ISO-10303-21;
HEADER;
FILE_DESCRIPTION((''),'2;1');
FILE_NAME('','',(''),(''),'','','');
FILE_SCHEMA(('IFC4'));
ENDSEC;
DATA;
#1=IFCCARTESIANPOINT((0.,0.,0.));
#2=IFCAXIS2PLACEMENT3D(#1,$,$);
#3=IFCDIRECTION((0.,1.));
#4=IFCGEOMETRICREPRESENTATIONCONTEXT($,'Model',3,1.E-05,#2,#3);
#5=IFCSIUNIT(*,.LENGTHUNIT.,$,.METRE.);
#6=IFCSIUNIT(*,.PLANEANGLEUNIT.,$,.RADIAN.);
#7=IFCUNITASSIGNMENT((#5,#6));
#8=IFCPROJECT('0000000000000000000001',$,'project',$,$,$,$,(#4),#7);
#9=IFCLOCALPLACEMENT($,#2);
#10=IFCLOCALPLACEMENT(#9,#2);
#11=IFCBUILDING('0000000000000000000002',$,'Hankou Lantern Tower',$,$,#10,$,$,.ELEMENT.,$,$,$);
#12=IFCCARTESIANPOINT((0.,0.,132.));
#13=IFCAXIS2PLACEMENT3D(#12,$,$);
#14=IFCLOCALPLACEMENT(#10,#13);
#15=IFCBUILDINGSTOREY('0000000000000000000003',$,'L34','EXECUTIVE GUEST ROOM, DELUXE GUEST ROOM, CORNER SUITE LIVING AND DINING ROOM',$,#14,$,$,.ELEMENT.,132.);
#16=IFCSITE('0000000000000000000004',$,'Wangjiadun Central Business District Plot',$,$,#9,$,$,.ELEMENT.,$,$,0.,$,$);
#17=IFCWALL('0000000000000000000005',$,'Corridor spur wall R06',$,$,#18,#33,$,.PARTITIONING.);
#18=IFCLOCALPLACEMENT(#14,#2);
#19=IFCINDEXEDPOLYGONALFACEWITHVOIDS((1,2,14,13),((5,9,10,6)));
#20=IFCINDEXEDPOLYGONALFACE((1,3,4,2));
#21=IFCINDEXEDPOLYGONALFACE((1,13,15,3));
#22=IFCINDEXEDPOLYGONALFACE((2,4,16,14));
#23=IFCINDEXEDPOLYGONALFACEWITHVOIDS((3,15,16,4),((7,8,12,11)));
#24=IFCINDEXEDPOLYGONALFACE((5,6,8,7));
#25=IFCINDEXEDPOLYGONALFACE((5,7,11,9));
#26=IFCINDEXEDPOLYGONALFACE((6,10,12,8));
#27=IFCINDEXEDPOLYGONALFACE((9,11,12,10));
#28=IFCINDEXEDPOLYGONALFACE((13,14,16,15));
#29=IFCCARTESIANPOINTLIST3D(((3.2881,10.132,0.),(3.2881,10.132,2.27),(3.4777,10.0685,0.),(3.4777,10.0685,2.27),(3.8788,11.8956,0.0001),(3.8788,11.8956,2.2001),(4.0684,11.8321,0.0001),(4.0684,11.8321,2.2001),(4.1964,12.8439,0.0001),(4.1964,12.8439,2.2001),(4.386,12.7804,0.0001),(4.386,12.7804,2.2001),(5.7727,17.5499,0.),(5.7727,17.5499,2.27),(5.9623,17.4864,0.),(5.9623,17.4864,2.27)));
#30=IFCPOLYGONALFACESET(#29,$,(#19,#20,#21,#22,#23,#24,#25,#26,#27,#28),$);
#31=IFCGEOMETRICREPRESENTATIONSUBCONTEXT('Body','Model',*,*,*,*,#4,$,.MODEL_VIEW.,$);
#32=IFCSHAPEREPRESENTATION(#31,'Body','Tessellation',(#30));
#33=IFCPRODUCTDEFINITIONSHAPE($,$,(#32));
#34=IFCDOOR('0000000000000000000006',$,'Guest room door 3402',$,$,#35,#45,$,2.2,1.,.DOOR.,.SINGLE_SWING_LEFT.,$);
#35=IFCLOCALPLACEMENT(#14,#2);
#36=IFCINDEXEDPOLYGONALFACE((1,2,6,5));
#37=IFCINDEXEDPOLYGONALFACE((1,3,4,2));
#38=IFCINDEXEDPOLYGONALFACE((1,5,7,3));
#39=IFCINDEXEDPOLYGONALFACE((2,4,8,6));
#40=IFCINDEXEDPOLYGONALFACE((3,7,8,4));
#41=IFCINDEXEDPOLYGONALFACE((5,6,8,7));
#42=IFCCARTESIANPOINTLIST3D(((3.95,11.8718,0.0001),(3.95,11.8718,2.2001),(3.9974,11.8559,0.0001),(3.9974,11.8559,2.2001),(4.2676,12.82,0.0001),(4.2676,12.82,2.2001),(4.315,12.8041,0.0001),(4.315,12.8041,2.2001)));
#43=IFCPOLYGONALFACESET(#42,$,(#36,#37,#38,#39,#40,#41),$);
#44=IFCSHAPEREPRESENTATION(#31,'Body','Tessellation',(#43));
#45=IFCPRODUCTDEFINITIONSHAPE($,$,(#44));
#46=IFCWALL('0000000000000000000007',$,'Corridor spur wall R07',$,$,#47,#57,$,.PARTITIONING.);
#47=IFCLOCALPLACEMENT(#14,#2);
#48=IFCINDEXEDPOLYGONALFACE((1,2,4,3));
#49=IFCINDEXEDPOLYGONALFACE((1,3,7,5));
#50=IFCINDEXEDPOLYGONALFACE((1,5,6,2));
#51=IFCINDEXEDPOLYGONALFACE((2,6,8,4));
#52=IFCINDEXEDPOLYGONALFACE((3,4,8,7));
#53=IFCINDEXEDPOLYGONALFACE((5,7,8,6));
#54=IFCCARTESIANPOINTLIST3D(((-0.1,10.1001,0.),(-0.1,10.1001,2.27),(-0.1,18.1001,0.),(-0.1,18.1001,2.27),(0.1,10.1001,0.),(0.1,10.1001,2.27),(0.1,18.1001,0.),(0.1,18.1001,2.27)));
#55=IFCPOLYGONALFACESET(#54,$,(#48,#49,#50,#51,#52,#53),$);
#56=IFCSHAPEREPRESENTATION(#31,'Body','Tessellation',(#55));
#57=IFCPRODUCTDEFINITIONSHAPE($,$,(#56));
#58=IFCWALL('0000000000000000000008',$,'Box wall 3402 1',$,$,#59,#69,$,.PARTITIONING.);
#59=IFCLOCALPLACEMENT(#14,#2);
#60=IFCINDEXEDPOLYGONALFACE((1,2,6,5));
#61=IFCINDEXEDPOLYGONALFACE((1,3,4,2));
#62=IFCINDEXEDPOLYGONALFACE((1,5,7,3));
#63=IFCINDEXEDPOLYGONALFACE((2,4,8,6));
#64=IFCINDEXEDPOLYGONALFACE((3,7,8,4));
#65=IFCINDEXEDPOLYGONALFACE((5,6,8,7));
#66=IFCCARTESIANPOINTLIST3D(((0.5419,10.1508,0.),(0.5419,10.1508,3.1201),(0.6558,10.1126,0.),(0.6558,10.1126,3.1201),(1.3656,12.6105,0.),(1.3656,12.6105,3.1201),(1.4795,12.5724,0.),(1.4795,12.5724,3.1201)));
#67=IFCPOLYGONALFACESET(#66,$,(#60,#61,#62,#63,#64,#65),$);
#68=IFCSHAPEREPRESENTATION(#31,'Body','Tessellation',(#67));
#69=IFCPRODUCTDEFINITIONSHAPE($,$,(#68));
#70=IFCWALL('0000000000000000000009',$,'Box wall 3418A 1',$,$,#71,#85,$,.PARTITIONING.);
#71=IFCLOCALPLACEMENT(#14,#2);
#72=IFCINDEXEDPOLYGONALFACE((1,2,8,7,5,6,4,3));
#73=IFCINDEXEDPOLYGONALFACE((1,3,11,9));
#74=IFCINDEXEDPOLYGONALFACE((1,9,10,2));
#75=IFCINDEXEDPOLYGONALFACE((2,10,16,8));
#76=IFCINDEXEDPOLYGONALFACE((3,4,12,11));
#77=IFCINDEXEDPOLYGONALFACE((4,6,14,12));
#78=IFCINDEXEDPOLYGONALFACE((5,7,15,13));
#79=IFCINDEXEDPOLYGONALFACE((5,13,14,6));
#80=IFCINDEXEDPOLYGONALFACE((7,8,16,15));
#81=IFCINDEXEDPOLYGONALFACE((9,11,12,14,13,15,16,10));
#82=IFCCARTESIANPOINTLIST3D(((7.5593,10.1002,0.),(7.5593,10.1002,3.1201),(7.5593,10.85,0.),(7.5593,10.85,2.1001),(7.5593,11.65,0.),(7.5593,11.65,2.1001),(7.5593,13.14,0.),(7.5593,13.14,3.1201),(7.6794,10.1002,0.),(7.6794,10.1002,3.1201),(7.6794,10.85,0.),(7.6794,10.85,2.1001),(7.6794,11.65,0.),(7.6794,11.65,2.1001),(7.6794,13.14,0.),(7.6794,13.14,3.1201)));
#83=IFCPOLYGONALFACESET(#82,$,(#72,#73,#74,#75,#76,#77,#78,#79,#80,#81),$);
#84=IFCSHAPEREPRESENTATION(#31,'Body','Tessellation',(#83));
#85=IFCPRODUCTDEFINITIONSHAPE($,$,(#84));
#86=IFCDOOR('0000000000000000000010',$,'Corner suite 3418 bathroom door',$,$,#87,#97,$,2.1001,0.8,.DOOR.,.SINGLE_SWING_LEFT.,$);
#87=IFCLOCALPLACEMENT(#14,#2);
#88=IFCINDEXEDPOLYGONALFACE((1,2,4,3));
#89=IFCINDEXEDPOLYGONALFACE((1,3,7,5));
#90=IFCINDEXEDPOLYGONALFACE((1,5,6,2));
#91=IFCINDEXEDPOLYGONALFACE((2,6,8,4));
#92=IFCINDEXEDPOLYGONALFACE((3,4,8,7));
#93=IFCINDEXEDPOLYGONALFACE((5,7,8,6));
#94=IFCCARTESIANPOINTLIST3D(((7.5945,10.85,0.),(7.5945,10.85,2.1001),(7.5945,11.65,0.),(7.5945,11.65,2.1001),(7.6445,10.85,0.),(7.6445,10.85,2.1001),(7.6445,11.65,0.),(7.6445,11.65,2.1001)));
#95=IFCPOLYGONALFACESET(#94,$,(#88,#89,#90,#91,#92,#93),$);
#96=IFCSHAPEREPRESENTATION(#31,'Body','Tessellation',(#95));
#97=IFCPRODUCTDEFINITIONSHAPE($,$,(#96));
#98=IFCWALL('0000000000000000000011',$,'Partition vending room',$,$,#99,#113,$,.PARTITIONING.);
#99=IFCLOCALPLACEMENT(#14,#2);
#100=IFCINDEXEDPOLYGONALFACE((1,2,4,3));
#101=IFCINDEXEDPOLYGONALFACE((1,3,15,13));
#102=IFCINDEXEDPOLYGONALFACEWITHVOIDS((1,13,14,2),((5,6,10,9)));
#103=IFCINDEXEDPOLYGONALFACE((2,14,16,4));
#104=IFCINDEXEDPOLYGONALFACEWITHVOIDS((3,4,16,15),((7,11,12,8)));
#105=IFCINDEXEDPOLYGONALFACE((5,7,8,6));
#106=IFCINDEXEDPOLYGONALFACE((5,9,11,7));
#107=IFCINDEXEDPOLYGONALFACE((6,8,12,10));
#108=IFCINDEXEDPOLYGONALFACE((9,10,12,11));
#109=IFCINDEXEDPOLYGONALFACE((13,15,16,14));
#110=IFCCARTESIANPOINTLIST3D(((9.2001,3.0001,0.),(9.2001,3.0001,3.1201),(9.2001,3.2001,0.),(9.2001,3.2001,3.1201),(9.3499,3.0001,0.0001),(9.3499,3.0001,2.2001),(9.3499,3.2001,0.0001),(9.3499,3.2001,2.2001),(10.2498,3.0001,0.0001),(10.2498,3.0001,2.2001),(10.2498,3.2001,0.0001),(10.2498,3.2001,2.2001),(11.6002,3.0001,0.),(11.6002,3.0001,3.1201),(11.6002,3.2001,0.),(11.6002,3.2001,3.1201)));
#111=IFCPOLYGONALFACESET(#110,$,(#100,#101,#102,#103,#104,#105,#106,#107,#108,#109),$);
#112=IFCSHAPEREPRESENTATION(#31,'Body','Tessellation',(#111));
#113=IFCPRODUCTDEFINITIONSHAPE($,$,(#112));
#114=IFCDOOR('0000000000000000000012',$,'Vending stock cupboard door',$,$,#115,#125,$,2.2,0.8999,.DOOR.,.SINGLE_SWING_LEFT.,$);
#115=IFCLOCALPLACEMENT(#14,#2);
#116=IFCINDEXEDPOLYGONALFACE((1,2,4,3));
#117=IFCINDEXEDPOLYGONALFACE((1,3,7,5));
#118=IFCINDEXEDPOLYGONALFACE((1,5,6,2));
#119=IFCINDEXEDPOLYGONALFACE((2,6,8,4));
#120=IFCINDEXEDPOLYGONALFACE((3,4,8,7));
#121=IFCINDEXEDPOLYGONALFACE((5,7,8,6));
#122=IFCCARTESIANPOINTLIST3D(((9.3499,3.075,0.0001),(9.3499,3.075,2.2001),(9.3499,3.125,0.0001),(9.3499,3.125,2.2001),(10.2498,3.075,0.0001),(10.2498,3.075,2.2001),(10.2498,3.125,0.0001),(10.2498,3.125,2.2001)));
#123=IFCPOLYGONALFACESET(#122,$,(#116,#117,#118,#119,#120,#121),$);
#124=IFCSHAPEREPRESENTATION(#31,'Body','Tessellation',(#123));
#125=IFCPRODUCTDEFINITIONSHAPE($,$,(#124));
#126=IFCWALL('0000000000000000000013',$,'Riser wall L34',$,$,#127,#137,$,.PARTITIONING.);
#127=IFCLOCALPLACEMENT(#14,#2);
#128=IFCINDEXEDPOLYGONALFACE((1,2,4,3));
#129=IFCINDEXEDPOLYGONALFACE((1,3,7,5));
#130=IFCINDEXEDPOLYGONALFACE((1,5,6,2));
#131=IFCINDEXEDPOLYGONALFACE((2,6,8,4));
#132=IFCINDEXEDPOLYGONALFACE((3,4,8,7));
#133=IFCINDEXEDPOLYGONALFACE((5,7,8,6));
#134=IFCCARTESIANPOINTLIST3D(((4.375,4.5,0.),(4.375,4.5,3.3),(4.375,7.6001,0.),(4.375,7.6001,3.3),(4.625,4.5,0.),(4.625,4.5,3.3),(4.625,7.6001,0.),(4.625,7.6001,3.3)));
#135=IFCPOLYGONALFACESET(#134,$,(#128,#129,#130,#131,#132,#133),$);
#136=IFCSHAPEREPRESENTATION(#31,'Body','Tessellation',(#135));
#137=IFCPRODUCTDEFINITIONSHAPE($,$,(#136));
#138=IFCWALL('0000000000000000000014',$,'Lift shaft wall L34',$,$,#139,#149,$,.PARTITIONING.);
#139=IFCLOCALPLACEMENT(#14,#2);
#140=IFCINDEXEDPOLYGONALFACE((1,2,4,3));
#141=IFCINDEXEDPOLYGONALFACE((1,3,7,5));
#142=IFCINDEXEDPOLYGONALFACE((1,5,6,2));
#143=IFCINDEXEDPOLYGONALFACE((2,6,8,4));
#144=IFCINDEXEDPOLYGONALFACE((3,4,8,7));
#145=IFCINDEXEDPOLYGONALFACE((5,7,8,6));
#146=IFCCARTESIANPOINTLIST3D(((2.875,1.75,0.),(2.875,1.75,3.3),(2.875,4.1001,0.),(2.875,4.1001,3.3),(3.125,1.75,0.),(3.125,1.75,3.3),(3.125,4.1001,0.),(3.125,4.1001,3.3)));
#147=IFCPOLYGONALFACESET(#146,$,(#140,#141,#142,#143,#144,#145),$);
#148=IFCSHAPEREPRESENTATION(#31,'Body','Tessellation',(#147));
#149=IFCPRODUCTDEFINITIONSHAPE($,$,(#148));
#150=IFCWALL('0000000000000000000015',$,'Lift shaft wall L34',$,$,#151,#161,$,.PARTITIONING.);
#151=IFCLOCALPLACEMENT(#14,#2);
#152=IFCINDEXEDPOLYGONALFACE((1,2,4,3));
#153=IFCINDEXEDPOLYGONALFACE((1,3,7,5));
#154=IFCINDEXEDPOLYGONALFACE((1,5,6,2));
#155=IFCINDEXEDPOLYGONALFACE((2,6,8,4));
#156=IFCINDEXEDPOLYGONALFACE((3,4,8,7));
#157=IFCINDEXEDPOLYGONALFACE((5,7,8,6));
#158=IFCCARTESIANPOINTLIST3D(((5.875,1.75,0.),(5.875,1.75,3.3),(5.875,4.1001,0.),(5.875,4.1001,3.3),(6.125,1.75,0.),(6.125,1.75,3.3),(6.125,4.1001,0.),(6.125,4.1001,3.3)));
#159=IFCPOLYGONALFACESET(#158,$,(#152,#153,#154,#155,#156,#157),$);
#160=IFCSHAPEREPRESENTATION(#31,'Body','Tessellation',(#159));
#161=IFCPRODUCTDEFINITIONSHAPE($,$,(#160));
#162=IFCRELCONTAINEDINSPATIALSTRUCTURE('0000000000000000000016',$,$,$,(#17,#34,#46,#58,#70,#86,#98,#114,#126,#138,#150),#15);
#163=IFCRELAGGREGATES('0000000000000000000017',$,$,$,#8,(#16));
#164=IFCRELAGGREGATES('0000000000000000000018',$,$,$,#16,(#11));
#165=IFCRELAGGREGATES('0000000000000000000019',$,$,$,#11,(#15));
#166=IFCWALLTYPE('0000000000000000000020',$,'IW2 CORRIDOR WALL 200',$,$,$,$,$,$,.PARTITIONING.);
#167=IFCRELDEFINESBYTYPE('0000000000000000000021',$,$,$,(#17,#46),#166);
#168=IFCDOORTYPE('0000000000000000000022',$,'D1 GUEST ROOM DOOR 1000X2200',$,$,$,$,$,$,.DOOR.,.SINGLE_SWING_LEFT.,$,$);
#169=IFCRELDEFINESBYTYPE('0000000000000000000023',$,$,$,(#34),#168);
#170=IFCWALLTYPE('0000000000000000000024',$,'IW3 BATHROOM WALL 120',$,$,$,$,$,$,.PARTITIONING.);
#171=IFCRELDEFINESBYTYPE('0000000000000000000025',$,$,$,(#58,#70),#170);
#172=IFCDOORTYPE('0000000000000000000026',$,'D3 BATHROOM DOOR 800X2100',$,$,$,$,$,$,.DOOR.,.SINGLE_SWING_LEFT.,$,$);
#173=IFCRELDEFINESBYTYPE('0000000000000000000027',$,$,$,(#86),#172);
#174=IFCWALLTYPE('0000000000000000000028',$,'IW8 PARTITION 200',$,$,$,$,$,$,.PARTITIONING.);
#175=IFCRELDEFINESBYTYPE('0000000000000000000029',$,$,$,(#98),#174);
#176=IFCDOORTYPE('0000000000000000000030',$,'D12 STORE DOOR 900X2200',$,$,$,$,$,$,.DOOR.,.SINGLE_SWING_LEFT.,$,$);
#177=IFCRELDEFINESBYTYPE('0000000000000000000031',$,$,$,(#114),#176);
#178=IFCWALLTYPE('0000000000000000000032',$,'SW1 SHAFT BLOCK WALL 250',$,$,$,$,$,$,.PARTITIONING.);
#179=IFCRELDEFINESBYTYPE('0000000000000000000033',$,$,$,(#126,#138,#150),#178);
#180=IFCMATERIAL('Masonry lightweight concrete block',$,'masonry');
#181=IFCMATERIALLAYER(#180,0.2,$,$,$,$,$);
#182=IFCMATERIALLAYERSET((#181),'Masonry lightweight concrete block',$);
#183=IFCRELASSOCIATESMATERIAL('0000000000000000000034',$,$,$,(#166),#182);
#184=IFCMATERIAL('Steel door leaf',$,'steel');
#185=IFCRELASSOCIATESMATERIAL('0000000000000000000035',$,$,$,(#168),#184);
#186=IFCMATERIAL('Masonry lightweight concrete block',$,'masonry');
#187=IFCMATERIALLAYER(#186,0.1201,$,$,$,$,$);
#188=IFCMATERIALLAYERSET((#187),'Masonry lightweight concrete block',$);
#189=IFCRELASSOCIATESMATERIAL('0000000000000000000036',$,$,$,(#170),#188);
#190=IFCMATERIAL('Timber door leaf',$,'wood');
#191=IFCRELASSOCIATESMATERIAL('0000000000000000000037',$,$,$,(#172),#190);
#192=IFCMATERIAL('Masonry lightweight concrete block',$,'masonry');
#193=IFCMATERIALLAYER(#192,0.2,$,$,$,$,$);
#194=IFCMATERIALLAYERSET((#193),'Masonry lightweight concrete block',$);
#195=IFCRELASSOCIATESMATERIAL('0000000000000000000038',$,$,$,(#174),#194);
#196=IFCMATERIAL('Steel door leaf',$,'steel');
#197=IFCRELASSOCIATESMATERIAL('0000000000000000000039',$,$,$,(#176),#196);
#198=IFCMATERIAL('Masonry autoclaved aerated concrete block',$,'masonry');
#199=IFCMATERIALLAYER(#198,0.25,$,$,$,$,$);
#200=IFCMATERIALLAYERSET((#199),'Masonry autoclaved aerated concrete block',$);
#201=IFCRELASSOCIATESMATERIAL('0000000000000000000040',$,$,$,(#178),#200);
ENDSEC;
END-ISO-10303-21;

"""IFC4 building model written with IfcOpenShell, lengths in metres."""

from ifc_helpers import new_model, si_unit, direction, frame, frame_2d, origin, place, context, subcontext, project, spatial, rectangle, extrude, material, layer, layer_set, type_object, element, fill, save


model = new_model("IFC4")

# Units and contexts
model_context = context("Model", 3, precision=1e-05, world=origin(), true_north=direction((0.0, 1.0)))
body_context = subcontext(model_context, "Body", "Model", "MODEL_VIEW")
ifc_project = project(units=[si_unit("LENGTHUNIT", "METRE"), si_unit("PLANEANGLEUNIT", "RADIAN")], contexts=[model_context])

# Site, building, storey
site_placement = place(None, origin())
site = spatial("IfcSite", under=ifc_project, at=site_placement, Name="Wangjiadun Central Business District Plot", CompositionType="ELEMENT", RefElevation=0.0)
building_placement = place(site_placement, origin())
building = spatial("IfcBuilding", under=site, at=building_placement, Name="Hankou Lantern Tower", CompositionType="ELEMENT")
storey_placement = place(building_placement, frame((0.0, 0.0, 132.0)))
storey = spatial("IfcBuildingStorey", under=building, at=storey_placement, Name="L34", Description="EXECUTIVE GUEST ROOM, DELUXE GUEST ROOM, CORNER SUITE LIVING AND DINING ROOM", CompositionType="ELEMENT", Elevation=132.0)

# Shared definitions
ifc_material_1 = material(Name="Masonry lightweight concrete block", Category="masonry")
ifc_layer_1 = layer(ifc_material_1, 0.2)
ifc_layer_set_1 = layer_set([ifc_layer_1], Name="Masonry lightweight concrete block")
wall_type_1 = type_object("IfcWallType", Name="IW2 CORRIDOR WALL 200", PredefinedType="PARTITIONING", material=ifc_layer_set_1)

# Wall, opening, door
wall_1_placement = place(storey_placement, frame((3.3828, 10.1001, 0.0), z_axis=(0.0, 0.0, 1.0), x_axis=(0.317604, 0.948224, 0.0)))
wall_1 = element("IfcWall", 1, at=wall_1_placement, inside=storey, type_object=wall_type_1, Name="Corridor spur wall R06", PredefinedType="PARTITIONING", context=body_context, shape_type="SweptSolid", body=[
    extrude(rectangle(XDim=7.823, YDim=0.2, at=frame_2d((3.9116, 0.0))), origin(), (0.0, 0.0, 1.0), 2.27),
])
opening_1_placement = place(wall_1_placement, frame((1.8601, 0.0, 0.0)))
opening_1 = element("IfcOpeningElement", 2, at=opening_1_placement, cuts=wall_1, PredefinedType="OPENING", context=body_context, shape_type="SweptSolid", body=[
    extrude(rectangle(XDim=1.0, YDim=2.2, at=frame_2d((0.5, 1.1001))), frame((0.0, 0.1099, 0.0), z_axis=(0.0, -1.0, 0.0), x_axis=(1.0, 0.0, 0.0)), (0.0, 0.0, 1.0), 0.22),
])
ifc_material_2 = material(Name="Steel door leaf", Category="steel")
door_type_1 = type_object("IfcDoorType", Name="D1 GUEST ROOM DOOR 1000X2200", OperationType="SINGLE_SWING_LEFT", PredefinedType="DOOR", material=ifc_material_2)
door_1_placement = place(opening_1_placement, origin())
door_1 = element("IfcDoor", 3, at=door_1_placement, inside=storey, type_object=door_type_1, Name="Guest room door 3402", OperationType="SINGLE_SWING_LEFT", OverallHeight=2.2, OverallWidth=1.0, PredefinedType="DOOR", context=body_context, shape_type="SweptSolid", body=[
    extrude(rectangle(XDim=1.0, YDim=2.2, at=frame_2d((0.5, 1.1001))), frame((0.0, 0.0249, 0.0), z_axis=(0.0, -1.0, 0.0), x_axis=(1.0, 0.0, 0.0)), (0.0, 0.0, 1.0), 0.05),
])
fill(opening_1, door_1)

# Walls
wall_2_placement = place(storey_placement, frame((0.0, 10.1001, 0.0), z_axis=(0.0, 0.0, 1.0), x_axis=(0.0, 1.0, 0.0)))
element("IfcWall", 4, at=wall_2_placement, inside=storey, type_object=wall_type_1, Name="Corridor spur wall R07", PredefinedType="PARTITIONING", context=body_context, shape_type="SweptSolid", body=[
    extrude(rectangle(XDim=8.0, YDim=0.2, at=frame_2d((4.0, 0.0))), origin(), (0.0, 0.0, 1.0), 2.27),
])
ifc_material_3 = material(Name="Masonry lightweight concrete block", Category="masonry")
ifc_layer_2 = layer(ifc_material_3, 0.1201)
ifc_layer_set_2 = layer_set([ifc_layer_2], Name="Masonry lightweight concrete block")
wall_type_2 = type_object("IfcWallType", Name="IW3 BATHROOM WALL 120", PredefinedType="PARTITIONING", material=ifc_layer_set_2)
wall_3_placement = place(storey_placement, frame((0.5989, 10.1318, 0.0), z_axis=(0.0, 0.0, 1.0), x_axis=(0.317555, 0.94824, 0.0)))
element("IfcWall", 5, at=wall_3_placement, inside=storey, type_object=wall_type_2, Name="Box wall 3402 1", PredefinedType="PARTITIONING", context=body_context, shape_type="SweptSolid", body=[
    extrude(rectangle(XDim=2.594, YDim=0.1201, at=frame_2d((1.2969, 0.0))), origin(), (0.0, 0.0, 1.0), 3.1201),
])

# Walls, openings, doors
wall_4_placement = place(storey_placement, frame((7.6194, 10.1001, 0.0), z_axis=(0.0, 0.0, 1.0), x_axis=(0.0, 1.0, 0.0)))
wall_4 = element("IfcWall", 6, at=wall_4_placement, inside=storey, type_object=wall_type_2, Name="Box wall 3418A 1", PredefinedType="PARTITIONING", context=body_context, shape_type="SweptSolid", body=[
    extrude(rectangle(XDim=3.0398, YDim=0.1201, at=frame_2d((1.52, 0.0))), origin(), (0.0, 0.0, 1.0), 3.1201),
])
opening_2_placement = place(wall_4_placement, frame((0.75, 0.0, 0.0)))
opening_2 = element("IfcOpeningElement", 7, at=opening_2_placement, cuts=wall_4, PredefinedType="OPENING", context=body_context, shape_type="SweptSolid", body=[
    extrude(rectangle(XDim=0.8, YDim=2.1001, at=frame_2d((0.3999, 1.05))), frame((0.0, 0.0701, 0.0), z_axis=(0.0, -1.0, 0.0), x_axis=(1.0, 0.0, 0.0)), (0.0, 0.0, 1.0), 0.1401),
])
ifc_material_4 = material(Name="Timber door leaf", Category="wood")
door_type_2 = type_object("IfcDoorType", Name="D3 BATHROOM DOOR 800X2100", OperationType="SINGLE_SWING_LEFT", PredefinedType="DOOR", material=ifc_material_4)
door_2_placement = place(opening_2_placement, origin())
door_2 = element("IfcDoor", 8, at=door_2_placement, inside=storey, type_object=door_type_2, Name="Corner suite 3418 bathroom door", OperationType="SINGLE_SWING_LEFT", OverallHeight=2.1001, OverallWidth=0.8, PredefinedType="DOOR", context=body_context, shape_type="SweptSolid", body=[
    extrude(rectangle(XDim=0.8, YDim=2.1001, at=frame_2d((0.3999, 1.05))), frame((0.0, 0.0249, 0.0), z_axis=(0.0, -1.0, 0.0), x_axis=(1.0, 0.0, 0.0)), (0.0, 0.0, 1.0), 0.05),
])
fill(opening_2, door_2)
ifc_material_5 = material(Name="Masonry lightweight concrete block", Category="masonry")
ifc_layer_3 = layer(ifc_material_5, 0.2)
ifc_layer_set_3 = layer_set([ifc_layer_3], Name="Masonry lightweight concrete block")
wall_type_3 = type_object("IfcWallType", Name="IW8 PARTITION 200", PredefinedType="PARTITIONING", material=ifc_layer_set_3)
wall_5_placement = place(storey_placement, frame((9.2, 3.1001, 0.0), z_axis=(0.0, 0.0, 1.0), x_axis=(1.0, 0.0, 0.0)))
wall_5 = element("IfcWall", 9, at=wall_5_placement, inside=storey, type_object=wall_type_3, Name="Partition vending room", PredefinedType="PARTITIONING", context=body_context, shape_type="SweptSolid", body=[
    extrude(rectangle(XDim=2.4001, YDim=0.2, at=frame_2d((1.2002, 0.0))), origin(), (0.0, 0.0, 1.0), 3.1201),
])
opening_3_placement = place(wall_5_placement, frame((0.1499, 0.0, 0.0)))
opening_3 = element("IfcOpeningElement", 10, at=opening_3_placement, cuts=wall_5, PredefinedType="OPENING", context=body_context, shape_type="SweptSolid", body=[
    extrude(rectangle(XDim=0.8999, YDim=2.2, at=frame_2d((0.45, 1.1001))), frame((0.0, 0.1099, 0.0), z_axis=(0.0, -1.0, 0.0), x_axis=(1.0, 0.0, 0.0)), (0.0, 0.0, 1.0), 0.22),
])
ifc_material_6 = material(Name="Steel door leaf", Category="steel")
door_type_3 = type_object("IfcDoorType", Name="D12 STORE DOOR 900X2200", OperationType="SINGLE_SWING_LEFT", PredefinedType="DOOR", material=ifc_material_6)
door_3_placement = place(opening_3_placement, origin())
door_3 = element("IfcDoor", 11, at=door_3_placement, inside=storey, type_object=door_type_3, Name="Vending stock cupboard door", OperationType="SINGLE_SWING_LEFT", OverallHeight=2.2, OverallWidth=0.8999, PredefinedType="DOOR", context=body_context, shape_type="SweptSolid", body=[
    extrude(rectangle(XDim=0.8999, YDim=2.2, at=frame_2d((0.45, 1.1001))), frame((0.0, 0.0249, 0.0), z_axis=(0.0, -1.0, 0.0), x_axis=(1.0, 0.0, 0.0)), (0.0, 0.0, 1.0), 0.05),
])
fill(opening_3, door_3)

# Walls
ifc_material_7 = material(Name="Masonry autoclaved aerated concrete block", Category="masonry")
ifc_layer_4 = layer(ifc_material_7, 0.25)
ifc_layer_set_4 = layer_set([ifc_layer_4], Name="Masonry autoclaved aerated concrete block")
wall_type_4 = type_object("IfcWallType", Name="SW1 SHAFT BLOCK WALL 250", PredefinedType="PARTITIONING", material=ifc_layer_set_4)
wall_6_placement = place(storey_placement, frame((4.5, 4.5, 0.0), z_axis=(0.0, 0.0, 1.0), x_axis=(0.0, 1.0, 0.0)))
element("IfcWall", 12, at=wall_6_placement, inside=storey, type_object=wall_type_4, Name="Riser wall L34", PredefinedType="PARTITIONING", context=body_context, shape_type="SweptSolid", body=[
    extrude(rectangle(XDim=3.1001, YDim=0.25, at=frame_2d((1.55, 0.0))), origin(), (0.0, 0.0, 1.0), 3.3),
])
for number, where, z_axis, x_axis, name in (
    (13, (3.0, 1.75, 0.0), (0.0, 0.0, 1.0), (0.0, 1.0, 0.0), "Lift shaft wall L34"),
    (14, (6.0, 1.75, 0.0), (0.0, 0.0, 1.0), (0.0, 1.0, 0.0), "Lift shaft wall L34"),
):
    element("IfcWall", number, at=place(storey_placement, frame(where, z_axis=z_axis, x_axis=x_axis)), inside=storey, type_object=wall_type_4, Name=name, PredefinedType="PARTITIONING", context=body_context, shape_type="SweptSolid", body=[
        extrude(rectangle(XDim=2.3501, YDim=0.25, at=frame_2d((1.175, 0.0))), origin(), (0.0, 0.0, 1.0), 3.3),
    ])

save(model, "model.ifc")
